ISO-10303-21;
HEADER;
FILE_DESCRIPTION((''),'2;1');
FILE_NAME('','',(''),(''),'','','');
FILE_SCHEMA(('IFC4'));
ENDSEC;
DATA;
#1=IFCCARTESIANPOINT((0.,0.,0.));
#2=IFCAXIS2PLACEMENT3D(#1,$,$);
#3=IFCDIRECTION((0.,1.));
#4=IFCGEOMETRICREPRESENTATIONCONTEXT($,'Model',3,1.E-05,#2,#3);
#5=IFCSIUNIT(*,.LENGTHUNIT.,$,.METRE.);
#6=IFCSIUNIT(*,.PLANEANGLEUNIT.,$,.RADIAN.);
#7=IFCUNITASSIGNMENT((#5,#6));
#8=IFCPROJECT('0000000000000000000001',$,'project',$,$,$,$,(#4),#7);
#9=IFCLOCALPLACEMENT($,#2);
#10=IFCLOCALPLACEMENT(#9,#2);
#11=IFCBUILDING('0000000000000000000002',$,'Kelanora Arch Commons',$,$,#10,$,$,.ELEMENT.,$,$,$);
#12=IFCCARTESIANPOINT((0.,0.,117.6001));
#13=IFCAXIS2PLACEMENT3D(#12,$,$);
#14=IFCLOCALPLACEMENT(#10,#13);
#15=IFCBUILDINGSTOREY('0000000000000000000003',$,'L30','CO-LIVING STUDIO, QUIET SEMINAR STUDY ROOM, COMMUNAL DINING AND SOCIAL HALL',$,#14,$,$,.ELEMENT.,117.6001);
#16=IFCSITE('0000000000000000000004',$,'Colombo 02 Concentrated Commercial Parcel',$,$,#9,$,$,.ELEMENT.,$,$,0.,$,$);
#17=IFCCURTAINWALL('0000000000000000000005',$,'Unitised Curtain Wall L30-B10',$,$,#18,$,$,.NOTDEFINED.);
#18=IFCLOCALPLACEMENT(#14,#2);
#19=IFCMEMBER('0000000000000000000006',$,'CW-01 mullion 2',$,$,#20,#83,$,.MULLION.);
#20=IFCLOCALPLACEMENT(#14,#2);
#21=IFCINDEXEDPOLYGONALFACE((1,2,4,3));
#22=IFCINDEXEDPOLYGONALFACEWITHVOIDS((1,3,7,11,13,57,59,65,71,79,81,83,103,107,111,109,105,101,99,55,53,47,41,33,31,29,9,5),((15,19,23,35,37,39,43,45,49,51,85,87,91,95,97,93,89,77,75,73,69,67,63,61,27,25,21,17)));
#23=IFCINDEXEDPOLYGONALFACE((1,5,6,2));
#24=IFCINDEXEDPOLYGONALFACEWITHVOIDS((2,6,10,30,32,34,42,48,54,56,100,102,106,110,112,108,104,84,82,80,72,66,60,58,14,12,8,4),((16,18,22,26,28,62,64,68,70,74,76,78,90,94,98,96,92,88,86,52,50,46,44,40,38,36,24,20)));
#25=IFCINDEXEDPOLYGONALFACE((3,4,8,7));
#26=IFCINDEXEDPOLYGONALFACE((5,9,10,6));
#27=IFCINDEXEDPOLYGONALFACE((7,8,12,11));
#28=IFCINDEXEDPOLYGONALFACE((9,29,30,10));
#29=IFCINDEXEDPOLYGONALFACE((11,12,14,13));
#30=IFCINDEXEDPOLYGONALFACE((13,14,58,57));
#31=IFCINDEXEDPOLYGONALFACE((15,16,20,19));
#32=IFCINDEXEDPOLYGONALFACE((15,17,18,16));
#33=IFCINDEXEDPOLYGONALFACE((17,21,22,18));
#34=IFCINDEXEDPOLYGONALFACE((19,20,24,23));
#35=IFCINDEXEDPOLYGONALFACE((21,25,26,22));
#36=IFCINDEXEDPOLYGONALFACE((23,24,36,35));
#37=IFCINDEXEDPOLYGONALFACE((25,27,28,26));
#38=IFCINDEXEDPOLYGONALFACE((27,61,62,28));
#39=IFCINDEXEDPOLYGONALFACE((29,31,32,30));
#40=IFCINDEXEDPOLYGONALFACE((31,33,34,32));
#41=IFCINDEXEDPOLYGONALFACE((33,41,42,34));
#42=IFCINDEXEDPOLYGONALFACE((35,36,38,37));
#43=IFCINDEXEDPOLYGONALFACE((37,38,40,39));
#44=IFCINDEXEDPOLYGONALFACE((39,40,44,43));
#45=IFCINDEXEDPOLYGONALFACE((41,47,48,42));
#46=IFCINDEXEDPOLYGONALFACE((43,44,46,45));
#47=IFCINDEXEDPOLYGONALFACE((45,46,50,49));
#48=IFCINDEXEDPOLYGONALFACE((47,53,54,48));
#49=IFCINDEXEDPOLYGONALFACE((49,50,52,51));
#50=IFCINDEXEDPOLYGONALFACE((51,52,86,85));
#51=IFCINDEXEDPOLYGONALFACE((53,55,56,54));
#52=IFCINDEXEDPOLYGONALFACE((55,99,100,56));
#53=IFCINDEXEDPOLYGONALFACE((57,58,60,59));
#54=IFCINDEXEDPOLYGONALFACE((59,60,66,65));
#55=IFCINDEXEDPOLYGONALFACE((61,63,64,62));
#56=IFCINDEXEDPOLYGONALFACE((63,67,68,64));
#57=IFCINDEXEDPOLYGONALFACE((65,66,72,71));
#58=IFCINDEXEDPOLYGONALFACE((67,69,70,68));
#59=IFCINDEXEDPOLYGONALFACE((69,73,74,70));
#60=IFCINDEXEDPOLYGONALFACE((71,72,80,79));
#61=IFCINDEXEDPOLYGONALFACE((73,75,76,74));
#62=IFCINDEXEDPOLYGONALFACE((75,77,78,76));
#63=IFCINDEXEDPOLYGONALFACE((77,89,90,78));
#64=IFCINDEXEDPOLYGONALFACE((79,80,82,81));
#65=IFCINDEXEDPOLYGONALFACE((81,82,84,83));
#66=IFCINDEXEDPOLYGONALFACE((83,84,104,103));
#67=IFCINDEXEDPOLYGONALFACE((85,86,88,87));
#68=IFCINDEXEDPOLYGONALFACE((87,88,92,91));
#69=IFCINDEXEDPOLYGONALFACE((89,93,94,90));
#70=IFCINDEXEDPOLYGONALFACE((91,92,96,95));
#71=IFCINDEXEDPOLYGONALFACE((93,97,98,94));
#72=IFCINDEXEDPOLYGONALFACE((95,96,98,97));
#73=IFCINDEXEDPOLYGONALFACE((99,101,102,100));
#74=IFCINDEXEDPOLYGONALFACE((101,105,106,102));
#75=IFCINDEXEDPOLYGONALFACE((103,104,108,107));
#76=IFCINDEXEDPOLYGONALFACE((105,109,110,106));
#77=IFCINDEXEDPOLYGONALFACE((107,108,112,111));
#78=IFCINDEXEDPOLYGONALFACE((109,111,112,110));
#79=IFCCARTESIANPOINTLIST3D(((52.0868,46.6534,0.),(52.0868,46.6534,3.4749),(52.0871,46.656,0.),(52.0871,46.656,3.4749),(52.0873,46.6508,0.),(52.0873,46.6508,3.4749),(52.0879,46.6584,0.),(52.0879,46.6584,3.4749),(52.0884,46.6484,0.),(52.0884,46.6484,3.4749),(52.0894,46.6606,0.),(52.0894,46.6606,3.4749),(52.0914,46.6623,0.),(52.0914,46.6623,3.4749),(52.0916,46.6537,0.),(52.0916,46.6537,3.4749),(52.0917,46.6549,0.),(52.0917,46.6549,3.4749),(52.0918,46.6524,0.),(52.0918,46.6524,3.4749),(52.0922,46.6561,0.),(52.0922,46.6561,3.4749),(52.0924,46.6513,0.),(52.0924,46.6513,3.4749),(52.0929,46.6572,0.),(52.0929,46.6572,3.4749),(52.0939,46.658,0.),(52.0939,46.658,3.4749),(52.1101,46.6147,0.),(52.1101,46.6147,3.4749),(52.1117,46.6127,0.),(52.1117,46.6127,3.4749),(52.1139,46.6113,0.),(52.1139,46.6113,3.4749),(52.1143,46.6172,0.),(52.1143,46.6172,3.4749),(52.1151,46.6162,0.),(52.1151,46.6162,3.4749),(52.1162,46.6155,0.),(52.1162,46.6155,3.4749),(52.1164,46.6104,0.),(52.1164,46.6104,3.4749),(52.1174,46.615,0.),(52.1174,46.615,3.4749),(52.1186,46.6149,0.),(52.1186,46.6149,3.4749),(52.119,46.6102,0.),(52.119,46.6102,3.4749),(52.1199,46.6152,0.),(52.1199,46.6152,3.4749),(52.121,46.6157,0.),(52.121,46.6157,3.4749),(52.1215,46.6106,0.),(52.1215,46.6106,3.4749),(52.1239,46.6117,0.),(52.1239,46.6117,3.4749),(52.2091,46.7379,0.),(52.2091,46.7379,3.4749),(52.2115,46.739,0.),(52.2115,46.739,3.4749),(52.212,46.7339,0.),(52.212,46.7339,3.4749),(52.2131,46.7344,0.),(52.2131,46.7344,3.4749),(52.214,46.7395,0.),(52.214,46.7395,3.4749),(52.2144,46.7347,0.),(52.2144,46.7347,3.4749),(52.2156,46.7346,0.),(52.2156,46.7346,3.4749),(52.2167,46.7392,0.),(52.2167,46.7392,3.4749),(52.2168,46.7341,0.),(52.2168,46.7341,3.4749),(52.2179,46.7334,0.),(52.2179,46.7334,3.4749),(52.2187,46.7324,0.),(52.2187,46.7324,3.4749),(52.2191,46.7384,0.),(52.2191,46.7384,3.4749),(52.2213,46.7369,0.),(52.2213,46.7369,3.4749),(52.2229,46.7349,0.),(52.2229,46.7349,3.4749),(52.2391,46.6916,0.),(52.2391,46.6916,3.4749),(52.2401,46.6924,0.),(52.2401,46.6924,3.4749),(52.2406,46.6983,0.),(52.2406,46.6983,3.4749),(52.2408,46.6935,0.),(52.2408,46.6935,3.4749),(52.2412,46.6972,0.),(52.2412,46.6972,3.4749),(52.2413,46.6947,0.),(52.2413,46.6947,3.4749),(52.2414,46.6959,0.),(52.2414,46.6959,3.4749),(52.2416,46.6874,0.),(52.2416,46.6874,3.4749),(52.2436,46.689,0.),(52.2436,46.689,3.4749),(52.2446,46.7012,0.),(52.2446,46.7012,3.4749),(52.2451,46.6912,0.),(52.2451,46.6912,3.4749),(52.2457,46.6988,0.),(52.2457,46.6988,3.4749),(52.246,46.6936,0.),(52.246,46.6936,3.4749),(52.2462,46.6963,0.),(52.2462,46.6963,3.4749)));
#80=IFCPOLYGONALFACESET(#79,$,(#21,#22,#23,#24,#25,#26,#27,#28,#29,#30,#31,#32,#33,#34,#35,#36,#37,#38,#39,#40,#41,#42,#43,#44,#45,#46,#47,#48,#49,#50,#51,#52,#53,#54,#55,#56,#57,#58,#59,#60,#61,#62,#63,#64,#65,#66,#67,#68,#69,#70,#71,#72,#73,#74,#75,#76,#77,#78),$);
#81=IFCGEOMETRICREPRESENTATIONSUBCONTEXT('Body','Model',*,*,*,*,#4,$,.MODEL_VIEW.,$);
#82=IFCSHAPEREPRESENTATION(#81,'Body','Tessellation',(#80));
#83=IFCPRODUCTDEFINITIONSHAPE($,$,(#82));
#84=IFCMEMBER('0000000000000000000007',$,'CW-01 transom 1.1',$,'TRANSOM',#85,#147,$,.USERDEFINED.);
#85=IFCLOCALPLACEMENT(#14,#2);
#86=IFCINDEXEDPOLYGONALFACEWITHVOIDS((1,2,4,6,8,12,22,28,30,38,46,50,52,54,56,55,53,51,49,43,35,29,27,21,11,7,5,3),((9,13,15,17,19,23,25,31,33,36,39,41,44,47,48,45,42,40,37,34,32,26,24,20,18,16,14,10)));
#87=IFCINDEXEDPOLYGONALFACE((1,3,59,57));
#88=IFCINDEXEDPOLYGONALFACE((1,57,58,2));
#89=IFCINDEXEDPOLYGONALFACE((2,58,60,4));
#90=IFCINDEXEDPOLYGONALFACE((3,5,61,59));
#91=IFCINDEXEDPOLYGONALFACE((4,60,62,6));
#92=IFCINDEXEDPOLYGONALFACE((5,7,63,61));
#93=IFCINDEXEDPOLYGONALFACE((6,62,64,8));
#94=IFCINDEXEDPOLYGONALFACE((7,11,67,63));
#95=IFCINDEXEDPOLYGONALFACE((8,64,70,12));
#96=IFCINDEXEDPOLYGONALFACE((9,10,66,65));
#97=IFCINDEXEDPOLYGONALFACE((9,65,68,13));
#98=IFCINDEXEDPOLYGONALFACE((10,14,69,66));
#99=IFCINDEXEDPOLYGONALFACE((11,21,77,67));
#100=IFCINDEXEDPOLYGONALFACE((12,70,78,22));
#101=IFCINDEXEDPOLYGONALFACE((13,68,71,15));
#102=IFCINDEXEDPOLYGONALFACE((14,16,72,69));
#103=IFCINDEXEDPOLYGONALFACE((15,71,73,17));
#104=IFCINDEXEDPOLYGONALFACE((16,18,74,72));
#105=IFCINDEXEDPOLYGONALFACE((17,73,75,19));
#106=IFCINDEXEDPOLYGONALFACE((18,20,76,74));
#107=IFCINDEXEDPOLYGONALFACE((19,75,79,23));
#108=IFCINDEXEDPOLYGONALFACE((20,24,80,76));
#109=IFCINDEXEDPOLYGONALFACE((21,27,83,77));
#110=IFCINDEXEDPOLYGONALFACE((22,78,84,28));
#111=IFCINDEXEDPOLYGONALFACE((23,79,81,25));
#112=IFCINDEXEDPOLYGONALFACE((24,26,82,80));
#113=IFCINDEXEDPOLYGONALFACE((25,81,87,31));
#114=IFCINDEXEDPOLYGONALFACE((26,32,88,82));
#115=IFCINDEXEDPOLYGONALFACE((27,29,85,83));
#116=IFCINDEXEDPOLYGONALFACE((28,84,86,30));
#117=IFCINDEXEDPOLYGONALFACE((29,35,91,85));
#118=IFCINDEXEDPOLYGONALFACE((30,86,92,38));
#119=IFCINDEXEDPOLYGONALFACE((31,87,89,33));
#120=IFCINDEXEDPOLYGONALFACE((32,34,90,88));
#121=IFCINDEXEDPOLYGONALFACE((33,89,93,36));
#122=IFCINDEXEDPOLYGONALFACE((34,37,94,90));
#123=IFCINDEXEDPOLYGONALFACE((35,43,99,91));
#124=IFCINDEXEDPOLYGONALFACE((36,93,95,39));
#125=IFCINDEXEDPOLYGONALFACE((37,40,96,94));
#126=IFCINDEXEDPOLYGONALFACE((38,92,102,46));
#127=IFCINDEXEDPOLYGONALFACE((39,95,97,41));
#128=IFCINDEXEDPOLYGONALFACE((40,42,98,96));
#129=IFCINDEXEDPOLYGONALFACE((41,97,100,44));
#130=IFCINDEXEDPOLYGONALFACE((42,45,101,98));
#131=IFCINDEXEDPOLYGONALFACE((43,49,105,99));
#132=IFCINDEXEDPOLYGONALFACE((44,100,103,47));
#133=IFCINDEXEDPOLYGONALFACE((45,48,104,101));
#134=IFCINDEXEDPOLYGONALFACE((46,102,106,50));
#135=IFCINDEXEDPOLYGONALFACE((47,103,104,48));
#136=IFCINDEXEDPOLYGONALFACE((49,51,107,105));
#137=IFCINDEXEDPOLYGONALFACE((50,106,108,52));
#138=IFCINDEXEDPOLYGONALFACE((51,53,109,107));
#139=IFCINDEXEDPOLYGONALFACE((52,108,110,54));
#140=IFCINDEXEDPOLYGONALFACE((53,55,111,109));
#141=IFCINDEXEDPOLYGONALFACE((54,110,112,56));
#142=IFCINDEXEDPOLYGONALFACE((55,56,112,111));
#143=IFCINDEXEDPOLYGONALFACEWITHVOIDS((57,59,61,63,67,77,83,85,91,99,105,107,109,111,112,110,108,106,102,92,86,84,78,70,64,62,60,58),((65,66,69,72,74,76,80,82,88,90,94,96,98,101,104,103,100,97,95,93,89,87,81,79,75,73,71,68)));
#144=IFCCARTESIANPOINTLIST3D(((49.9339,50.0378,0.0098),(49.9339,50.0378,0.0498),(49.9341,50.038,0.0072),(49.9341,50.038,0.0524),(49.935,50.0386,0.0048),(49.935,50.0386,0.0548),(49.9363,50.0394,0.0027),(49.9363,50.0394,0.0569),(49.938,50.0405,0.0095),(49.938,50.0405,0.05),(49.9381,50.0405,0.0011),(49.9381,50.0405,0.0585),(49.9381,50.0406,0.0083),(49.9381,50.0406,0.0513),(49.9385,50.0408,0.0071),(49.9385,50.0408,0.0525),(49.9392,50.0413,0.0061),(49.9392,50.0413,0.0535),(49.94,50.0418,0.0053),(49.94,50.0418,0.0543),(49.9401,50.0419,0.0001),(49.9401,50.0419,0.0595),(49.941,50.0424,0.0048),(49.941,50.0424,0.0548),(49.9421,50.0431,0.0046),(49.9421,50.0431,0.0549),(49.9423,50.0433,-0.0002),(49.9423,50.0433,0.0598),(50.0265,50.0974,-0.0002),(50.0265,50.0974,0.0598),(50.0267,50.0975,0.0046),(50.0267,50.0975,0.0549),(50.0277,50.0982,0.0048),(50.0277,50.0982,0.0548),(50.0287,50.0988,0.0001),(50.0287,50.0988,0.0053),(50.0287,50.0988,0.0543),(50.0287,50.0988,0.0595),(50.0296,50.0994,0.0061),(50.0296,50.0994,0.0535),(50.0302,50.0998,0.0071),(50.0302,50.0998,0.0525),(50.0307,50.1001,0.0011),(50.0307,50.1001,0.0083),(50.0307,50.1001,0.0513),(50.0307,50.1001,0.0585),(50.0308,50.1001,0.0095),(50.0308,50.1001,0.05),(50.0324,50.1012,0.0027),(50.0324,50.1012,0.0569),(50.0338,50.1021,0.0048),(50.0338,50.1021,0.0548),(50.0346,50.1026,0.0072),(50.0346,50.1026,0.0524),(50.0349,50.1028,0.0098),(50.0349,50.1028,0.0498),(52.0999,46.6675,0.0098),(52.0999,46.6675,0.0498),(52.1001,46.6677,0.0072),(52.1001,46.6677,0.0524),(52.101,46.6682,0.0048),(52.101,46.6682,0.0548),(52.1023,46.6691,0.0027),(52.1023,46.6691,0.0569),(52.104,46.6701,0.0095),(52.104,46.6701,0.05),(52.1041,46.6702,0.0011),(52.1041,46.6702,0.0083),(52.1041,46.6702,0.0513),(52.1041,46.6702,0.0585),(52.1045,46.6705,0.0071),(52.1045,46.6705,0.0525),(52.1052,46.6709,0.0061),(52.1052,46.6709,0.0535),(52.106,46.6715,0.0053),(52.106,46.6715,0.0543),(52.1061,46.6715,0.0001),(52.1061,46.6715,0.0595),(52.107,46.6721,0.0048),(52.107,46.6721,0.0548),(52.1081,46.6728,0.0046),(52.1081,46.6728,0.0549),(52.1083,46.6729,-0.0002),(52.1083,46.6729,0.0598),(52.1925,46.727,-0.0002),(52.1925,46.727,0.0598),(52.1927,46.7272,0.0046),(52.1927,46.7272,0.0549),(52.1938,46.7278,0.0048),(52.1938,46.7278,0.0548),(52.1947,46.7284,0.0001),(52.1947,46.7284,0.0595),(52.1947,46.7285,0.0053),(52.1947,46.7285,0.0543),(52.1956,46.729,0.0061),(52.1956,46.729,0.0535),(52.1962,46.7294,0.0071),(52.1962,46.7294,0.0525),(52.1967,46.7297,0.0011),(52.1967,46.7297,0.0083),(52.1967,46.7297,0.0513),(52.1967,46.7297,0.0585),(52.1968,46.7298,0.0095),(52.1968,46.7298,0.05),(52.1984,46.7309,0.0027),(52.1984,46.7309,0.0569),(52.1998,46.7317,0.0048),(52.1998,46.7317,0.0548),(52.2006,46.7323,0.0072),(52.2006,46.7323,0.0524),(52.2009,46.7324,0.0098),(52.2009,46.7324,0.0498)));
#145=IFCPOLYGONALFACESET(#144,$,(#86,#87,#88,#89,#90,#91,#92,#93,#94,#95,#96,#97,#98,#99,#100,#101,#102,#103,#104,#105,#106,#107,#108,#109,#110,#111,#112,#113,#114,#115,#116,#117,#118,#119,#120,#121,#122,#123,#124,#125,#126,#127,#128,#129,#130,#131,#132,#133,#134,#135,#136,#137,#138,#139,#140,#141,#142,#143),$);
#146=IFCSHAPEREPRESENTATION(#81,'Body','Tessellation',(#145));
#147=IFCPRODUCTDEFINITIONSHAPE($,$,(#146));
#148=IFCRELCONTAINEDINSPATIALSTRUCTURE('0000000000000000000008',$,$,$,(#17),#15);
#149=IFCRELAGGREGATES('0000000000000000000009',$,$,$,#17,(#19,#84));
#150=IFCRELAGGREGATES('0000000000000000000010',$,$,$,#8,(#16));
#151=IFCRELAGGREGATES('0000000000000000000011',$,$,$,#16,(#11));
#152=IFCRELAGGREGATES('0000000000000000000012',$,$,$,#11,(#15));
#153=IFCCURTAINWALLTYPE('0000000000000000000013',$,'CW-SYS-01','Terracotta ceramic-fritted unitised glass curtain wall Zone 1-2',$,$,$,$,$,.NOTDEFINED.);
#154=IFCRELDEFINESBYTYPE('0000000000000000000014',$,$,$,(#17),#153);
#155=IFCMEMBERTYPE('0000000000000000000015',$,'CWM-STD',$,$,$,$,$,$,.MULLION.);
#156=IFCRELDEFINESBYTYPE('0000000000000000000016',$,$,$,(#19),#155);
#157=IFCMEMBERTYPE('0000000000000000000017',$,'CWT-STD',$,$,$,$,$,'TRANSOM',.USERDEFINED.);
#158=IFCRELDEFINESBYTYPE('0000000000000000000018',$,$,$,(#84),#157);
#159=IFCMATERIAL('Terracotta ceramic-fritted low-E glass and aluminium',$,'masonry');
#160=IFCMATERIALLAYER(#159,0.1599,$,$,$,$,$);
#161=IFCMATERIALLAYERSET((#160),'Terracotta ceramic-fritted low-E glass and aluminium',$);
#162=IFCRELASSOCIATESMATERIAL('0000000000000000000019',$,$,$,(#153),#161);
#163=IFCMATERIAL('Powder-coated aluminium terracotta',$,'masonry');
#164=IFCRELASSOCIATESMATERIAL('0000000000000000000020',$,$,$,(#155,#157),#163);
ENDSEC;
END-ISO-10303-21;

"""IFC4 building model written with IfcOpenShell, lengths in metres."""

from ifc_helpers import new_model, si_unit, direction, frame, origin, origin_2d, place, context, subcontext, project, spatial, hollow_rectangle, extrude, material, layer, layer_set, material_profile, profile_set, type_object, element, aggregate, save


model = new_model("IFC4")

# Units and contexts
model_context = context("Model", 3, precision=1e-05, world=origin(), true_north=direction((0.0, 1.0)))
body_context = subcontext(model_context, "Body", "Model", "MODEL_VIEW")
ifc_project = project(units=[si_unit("LENGTHUNIT", "METRE"), si_unit("PLANEANGLEUNIT", "RADIAN")], contexts=[model_context])

# Site, building, storey
site_placement = place(None, origin())
site = spatial("IfcSite", under=ifc_project, at=site_placement, Name="Colombo 02 Concentrated Commercial Parcel", CompositionType="ELEMENT", RefElevation=0.0)
building_placement = place(site_placement, origin())
building = spatial("IfcBuilding", under=site, at=building_placement, Name="Kelanora Arch Commons", CompositionType="ELEMENT")
storey_placement = place(building_placement, frame((0.0, 0.0, 117.6001)))
storey = spatial("IfcBuildingStorey", under=building, at=storey_placement, Name="L30", Description="CO-LIVING STUDIO, QUIET SEMINAR STUDY ROOM, COMMUNAL DINING AND SOCIAL HALL", CompositionType="ELEMENT", Elevation=117.6001)

# Curtain wall, members
ifc_material_1 = material(Name="Terracotta ceramic-fritted low-E glass and aluminium", Category="masonry")
ifc_layer_1 = layer(ifc_material_1, 0.1599)
ifc_layer_set_1 = layer_set([ifc_layer_1], Name="Terracotta ceramic-fritted low-E glass and aluminium")
curtain_wall_type = type_object("IfcCurtainWallType", Name="CW-SYS-01", Description="Terracotta ceramic-fritted unitised glass curtain wall Zone 1-2", PredefinedType="NOTDEFINED", material=ifc_layer_set_1)
curtain_wall_placement = place(storey_placement, origin())
curtain_wall = element("IfcCurtainWall", 1, at=curtain_wall_placement, inside=storey, type_object=curtain_wall_type, Name="Unitised Curtain Wall L30-B10", PredefinedType="NOTDEFINED")
ifc_material_2 = material(Name="Powder-coated aluminium terracotta", Category="masonry")
ifc_material_profile_1 = material_profile(ifc_material_2, hollow_rectangle(XDim=0.1599, YDim=0.0601, WallThickness=0.0049, InnerFilletRadius=0.0049, OuterFilletRadius=0.01, at=origin_2d()), Name="CWM160x60")
ifc_profile_set_1 = profile_set([ifc_material_profile_1], Name="Powder-coated aluminium terracotta")
member_type_1 = type_object("IfcMemberType", Name="CWM-STD", PredefinedType="MULLION", material=ifc_profile_set_1)
member_1_placement = place(storey_placement, frame((52.1665, 46.6748, 0.0), z_axis=(0.0, 0.0, 1.0), x_axis=(0.841269, 0.540617, 0.0)))
member_1 = element("IfcMember", 2, at=member_1_placement, type_object=member_type_1, Name="CW-01 mullion 2", PredefinedType="MULLION", context=body_context, shape_type="SweptSolid", body=[
    extrude(hollow_rectangle(XDim=0.1599, YDim=0.0601, WallThickness=0.0049, InnerFilletRadius=0.0049, OuterFilletRadius=0.01, at=origin_2d()), origin(), (0.0, 0.0, 1.0), 3.4749),
])
ifc_material_profile_2 = material_profile(ifc_material_2, hollow_rectangle(XDim=0.1201, YDim=0.0601, WallThickness=0.0049, InnerFilletRadius=0.0049, OuterFilletRadius=0.01, at=origin_2d()), Name="CWT120x60")
ifc_profile_set_2 = profile_set([ifc_material_profile_2], Name="Powder-coated aluminium terracotta")
member_type_2 = type_object("IfcMemberType", Name="CWT-STD", ElementType="TRANSOM", PredefinedType="USERDEFINED", material=ifc_profile_set_2)
member_2_placement = place(storey_placement, frame((49.9844, 50.0703, 0.0298), z_axis=(0.540644, -0.841252, 0.0), x_axis=(0.841252, 0.540644, 0.0)))
member_2 = element("IfcMember", 3, at=member_2_placement, type_object=member_type_2, Name="CW-01 transom 1.1", ObjectType="TRANSOM", PredefinedType="USERDEFINED", context=body_context, shape_type="SweptSolid", body=[
    extrude(hollow_rectangle(XDim=0.1201, YDim=0.0601, WallThickness=0.0049, InnerFilletRadius=0.0049, OuterFilletRadius=0.01, at=origin_2d()), origin(), (0.0, 0.0, 1.0), 4.0063),
])

aggregate(curtain_wall, [member_1, member_2])

save(model, "model.ifc")
